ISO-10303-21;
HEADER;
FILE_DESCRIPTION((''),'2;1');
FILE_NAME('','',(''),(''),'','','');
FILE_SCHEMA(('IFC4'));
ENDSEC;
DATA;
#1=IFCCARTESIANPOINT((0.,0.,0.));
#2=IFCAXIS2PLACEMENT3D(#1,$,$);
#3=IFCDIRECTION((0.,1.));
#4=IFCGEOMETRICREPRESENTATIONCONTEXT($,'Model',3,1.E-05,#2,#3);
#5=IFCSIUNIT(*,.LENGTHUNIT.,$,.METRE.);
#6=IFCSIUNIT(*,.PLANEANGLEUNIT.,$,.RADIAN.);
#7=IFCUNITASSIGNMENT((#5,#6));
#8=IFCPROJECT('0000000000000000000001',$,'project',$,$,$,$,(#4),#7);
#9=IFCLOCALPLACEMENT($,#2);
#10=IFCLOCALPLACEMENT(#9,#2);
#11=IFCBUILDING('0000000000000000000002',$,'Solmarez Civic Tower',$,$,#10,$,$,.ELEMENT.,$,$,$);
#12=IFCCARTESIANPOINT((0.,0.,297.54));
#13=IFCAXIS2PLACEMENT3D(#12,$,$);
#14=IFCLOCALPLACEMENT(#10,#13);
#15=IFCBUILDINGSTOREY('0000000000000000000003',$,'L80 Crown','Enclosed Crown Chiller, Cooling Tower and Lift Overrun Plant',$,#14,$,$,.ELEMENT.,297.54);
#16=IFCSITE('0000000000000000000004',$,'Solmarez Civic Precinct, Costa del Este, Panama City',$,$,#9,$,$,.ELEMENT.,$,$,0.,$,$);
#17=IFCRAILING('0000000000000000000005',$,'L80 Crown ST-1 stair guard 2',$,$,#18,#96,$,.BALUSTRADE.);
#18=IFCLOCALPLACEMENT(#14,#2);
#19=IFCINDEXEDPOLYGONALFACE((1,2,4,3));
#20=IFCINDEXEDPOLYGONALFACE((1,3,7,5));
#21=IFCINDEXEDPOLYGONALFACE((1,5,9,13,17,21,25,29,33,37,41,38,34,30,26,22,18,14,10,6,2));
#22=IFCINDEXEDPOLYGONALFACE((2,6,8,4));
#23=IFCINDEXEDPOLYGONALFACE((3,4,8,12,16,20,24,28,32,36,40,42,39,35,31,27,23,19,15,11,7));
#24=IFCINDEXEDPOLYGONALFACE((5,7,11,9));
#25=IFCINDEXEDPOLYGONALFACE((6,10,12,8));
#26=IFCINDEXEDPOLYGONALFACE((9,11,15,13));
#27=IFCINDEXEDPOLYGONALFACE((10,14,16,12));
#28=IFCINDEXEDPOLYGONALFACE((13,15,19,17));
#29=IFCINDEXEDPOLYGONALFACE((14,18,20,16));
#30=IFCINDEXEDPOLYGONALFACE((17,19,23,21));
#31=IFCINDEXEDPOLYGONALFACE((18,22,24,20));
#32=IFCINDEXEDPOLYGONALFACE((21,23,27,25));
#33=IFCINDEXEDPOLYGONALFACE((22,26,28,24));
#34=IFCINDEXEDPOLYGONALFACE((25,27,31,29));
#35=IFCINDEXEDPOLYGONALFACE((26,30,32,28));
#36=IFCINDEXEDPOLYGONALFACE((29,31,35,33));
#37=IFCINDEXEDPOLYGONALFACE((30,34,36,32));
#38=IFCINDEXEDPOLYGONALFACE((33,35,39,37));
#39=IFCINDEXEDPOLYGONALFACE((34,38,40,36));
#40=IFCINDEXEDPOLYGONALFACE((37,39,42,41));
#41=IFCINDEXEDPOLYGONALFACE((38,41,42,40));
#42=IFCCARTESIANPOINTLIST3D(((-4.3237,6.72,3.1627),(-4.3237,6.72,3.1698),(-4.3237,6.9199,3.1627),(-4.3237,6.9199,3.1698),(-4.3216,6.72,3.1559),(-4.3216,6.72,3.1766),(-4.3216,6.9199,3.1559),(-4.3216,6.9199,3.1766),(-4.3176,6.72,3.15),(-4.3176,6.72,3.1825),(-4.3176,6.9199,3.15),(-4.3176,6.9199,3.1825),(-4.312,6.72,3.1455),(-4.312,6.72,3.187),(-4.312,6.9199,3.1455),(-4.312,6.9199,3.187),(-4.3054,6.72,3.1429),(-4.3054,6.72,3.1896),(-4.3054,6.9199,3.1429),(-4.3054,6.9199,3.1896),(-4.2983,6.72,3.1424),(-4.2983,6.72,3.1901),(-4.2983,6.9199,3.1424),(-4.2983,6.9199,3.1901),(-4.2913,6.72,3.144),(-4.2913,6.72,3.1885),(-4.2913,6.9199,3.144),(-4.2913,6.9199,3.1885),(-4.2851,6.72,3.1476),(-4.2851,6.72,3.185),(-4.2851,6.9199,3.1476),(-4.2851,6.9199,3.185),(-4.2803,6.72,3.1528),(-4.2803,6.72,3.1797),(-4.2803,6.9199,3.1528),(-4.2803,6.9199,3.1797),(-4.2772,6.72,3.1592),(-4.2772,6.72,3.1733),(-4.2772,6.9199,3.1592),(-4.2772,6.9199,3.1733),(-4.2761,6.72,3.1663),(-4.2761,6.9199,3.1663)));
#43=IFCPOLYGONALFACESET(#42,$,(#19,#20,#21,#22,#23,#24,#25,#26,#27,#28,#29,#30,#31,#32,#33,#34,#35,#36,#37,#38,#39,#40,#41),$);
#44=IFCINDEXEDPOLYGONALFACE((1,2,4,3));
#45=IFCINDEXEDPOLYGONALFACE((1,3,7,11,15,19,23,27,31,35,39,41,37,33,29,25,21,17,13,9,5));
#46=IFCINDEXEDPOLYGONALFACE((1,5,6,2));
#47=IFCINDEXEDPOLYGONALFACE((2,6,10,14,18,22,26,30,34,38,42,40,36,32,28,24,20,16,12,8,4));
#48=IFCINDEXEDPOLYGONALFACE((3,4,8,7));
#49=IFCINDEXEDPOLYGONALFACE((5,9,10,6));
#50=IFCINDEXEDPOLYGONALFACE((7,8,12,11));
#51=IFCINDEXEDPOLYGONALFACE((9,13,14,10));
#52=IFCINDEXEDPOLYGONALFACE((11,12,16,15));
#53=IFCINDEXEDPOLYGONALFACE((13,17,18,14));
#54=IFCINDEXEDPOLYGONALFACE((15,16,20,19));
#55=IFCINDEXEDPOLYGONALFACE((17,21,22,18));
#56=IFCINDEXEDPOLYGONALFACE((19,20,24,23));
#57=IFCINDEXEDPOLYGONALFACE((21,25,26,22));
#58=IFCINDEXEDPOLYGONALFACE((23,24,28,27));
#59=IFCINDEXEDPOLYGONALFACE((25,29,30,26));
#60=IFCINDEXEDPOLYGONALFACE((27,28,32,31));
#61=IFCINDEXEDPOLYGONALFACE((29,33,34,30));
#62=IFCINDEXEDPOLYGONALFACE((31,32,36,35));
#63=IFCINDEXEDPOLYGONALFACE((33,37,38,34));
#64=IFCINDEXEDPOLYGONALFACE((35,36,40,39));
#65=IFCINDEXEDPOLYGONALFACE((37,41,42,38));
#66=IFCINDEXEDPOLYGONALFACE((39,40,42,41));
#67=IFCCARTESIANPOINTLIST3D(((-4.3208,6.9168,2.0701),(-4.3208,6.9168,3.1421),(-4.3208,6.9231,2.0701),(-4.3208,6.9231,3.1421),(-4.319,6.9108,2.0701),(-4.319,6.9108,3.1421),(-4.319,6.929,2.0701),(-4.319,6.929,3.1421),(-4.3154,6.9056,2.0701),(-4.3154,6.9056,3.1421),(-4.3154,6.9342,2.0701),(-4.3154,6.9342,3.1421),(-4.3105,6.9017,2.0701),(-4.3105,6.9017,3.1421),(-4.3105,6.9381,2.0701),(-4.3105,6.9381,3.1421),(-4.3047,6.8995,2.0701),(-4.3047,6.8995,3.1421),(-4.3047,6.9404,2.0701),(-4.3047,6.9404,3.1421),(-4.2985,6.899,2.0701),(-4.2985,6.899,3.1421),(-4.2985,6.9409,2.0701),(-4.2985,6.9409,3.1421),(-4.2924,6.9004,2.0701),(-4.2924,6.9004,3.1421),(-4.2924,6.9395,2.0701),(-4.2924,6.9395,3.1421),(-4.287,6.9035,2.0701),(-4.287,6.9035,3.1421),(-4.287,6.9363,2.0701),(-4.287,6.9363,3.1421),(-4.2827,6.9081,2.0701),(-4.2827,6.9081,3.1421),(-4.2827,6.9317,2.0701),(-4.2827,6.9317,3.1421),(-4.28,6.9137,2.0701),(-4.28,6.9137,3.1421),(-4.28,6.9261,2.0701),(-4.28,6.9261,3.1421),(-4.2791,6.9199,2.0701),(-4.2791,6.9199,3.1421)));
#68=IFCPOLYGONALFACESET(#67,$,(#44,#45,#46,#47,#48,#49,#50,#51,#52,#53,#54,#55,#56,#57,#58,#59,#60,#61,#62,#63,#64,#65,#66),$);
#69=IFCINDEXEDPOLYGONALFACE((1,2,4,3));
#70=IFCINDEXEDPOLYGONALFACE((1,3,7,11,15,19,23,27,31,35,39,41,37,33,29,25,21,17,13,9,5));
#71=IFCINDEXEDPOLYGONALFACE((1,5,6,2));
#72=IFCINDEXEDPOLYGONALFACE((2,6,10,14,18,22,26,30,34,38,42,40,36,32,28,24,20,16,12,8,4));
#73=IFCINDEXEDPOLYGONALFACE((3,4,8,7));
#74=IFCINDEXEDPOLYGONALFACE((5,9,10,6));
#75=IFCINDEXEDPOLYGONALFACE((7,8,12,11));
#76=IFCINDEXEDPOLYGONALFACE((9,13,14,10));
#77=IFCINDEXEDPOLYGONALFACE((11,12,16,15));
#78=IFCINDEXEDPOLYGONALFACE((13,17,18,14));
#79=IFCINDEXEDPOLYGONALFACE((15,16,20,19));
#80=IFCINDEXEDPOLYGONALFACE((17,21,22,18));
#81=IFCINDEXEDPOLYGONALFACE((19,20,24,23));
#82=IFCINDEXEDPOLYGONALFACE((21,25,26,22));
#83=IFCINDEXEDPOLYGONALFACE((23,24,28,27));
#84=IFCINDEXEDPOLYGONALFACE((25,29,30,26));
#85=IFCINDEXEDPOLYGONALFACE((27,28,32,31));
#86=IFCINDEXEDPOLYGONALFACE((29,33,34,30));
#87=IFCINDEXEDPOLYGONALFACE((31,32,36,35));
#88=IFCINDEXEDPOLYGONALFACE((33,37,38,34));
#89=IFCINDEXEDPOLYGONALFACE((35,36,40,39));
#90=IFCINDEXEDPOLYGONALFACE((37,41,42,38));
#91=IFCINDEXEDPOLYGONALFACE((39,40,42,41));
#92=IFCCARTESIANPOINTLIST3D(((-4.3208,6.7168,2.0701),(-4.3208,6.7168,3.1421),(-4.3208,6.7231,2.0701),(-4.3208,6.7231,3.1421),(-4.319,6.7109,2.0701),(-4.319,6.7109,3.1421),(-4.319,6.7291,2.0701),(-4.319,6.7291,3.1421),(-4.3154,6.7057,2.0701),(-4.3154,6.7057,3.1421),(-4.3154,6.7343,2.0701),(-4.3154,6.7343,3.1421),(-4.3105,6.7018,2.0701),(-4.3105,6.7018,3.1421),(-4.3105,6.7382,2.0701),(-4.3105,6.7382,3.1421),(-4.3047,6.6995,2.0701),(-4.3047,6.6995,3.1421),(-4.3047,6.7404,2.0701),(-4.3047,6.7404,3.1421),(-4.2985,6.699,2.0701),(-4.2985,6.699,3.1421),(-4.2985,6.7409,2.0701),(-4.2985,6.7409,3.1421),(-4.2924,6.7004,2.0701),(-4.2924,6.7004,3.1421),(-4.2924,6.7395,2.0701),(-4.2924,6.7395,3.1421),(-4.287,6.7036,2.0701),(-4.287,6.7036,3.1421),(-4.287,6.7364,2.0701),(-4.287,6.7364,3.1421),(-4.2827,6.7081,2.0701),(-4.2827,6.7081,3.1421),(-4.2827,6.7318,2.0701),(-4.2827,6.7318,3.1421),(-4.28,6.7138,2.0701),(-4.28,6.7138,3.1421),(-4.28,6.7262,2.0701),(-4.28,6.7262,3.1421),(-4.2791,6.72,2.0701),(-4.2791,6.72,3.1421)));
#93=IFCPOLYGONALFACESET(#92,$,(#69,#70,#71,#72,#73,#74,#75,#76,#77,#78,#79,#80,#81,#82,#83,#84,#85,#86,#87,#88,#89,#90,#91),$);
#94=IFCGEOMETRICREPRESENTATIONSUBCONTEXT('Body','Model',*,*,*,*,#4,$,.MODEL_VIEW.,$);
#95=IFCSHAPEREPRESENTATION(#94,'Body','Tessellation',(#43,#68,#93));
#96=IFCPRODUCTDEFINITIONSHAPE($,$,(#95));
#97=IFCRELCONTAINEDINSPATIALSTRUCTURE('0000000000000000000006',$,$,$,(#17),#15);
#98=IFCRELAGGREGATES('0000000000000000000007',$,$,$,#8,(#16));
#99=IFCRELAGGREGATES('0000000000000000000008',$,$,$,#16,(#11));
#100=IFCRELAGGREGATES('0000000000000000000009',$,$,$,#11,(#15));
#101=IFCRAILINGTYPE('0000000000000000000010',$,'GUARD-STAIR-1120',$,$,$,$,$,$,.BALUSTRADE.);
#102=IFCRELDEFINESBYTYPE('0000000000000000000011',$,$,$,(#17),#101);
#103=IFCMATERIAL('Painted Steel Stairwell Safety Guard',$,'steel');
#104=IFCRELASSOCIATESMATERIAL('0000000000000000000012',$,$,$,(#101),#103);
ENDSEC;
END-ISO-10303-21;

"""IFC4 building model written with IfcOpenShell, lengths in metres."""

from ifc_helpers import new_model, si_unit, direction, frame, origin, origin_2d, place, context, subcontext, project, spatial, circle, extrude, material, type_object, element, save


model = new_model("IFC4")

# Units and contexts
model_context = context("Model", 3, precision=1e-05, world=origin(), true_north=direction((0.0, 1.0)))
body_context = subcontext(model_context, "Body", "Model", "MODEL_VIEW")
ifc_project = project(units=[si_unit("LENGTHUNIT", "METRE"), si_unit("PLANEANGLEUNIT", "RADIAN")], contexts=[model_context])

# Site, building, storey
site_placement = place(None, origin())
site = spatial("IfcSite", under=ifc_project, at=site_placement, Name="Solmarez Civic Precinct, Costa del Este, Panama City", CompositionType="ELEMENT", RefElevation=0.0)
building_placement = place(site_placement, origin())
building = spatial("IfcBuilding", under=site, at=building_placement, Name="Solmarez Civic Tower", CompositionType="ELEMENT")
storey_placement = place(building_placement, frame((0.0, 0.0, 297.54)))
storey = spatial("IfcBuildingStorey", under=building, at=storey_placement, Name="L80 Crown", Description="Enclosed Crown Chiller, Cooling Tower and Lift Overrun Plant", CompositionType="ELEMENT", Elevation=297.54)

# Railing
ifc_material_1 = material(Name="Painted Steel Stairwell Safety Guard", Category="steel")
railing_type_1 = type_object("IfcRailingType", Name="GUARD-STAIR-1120", PredefinedType="BALUSTRADE", material=ifc_material_1)
railing_1_placement = place(storey_placement, frame((-4.3, 6.9199, 2.0701)))
element("IfcRailing", 1, at=railing_1_placement, inside=storey, type_object=railing_type_1, Name="L80 Crown ST-1 stair guard 2", PredefinedType="BALUSTRADE", context=body_context, shape_type="SweptSolid", body=[
    extrude(circle(Radius=0.0239, at=origin_2d()), frame((0.0, 0.0, 1.0962), z_axis=(0.0, -1.0, 0.0), x_axis=(1.0, 0.0, 0.0)), (0.0, 0.0, 1.0), 0.2),
    extrude(circle(Radius=0.021, at=origin_2d()), origin(), (0.0, 0.0, 1.0), 1.072),
    extrude(circle(Radius=0.021, at=origin_2d()), frame((0.0, -0.2, 0.0)), (0.0, 0.0, 1.0), 1.072),
])

save(model, "model.ifc")
